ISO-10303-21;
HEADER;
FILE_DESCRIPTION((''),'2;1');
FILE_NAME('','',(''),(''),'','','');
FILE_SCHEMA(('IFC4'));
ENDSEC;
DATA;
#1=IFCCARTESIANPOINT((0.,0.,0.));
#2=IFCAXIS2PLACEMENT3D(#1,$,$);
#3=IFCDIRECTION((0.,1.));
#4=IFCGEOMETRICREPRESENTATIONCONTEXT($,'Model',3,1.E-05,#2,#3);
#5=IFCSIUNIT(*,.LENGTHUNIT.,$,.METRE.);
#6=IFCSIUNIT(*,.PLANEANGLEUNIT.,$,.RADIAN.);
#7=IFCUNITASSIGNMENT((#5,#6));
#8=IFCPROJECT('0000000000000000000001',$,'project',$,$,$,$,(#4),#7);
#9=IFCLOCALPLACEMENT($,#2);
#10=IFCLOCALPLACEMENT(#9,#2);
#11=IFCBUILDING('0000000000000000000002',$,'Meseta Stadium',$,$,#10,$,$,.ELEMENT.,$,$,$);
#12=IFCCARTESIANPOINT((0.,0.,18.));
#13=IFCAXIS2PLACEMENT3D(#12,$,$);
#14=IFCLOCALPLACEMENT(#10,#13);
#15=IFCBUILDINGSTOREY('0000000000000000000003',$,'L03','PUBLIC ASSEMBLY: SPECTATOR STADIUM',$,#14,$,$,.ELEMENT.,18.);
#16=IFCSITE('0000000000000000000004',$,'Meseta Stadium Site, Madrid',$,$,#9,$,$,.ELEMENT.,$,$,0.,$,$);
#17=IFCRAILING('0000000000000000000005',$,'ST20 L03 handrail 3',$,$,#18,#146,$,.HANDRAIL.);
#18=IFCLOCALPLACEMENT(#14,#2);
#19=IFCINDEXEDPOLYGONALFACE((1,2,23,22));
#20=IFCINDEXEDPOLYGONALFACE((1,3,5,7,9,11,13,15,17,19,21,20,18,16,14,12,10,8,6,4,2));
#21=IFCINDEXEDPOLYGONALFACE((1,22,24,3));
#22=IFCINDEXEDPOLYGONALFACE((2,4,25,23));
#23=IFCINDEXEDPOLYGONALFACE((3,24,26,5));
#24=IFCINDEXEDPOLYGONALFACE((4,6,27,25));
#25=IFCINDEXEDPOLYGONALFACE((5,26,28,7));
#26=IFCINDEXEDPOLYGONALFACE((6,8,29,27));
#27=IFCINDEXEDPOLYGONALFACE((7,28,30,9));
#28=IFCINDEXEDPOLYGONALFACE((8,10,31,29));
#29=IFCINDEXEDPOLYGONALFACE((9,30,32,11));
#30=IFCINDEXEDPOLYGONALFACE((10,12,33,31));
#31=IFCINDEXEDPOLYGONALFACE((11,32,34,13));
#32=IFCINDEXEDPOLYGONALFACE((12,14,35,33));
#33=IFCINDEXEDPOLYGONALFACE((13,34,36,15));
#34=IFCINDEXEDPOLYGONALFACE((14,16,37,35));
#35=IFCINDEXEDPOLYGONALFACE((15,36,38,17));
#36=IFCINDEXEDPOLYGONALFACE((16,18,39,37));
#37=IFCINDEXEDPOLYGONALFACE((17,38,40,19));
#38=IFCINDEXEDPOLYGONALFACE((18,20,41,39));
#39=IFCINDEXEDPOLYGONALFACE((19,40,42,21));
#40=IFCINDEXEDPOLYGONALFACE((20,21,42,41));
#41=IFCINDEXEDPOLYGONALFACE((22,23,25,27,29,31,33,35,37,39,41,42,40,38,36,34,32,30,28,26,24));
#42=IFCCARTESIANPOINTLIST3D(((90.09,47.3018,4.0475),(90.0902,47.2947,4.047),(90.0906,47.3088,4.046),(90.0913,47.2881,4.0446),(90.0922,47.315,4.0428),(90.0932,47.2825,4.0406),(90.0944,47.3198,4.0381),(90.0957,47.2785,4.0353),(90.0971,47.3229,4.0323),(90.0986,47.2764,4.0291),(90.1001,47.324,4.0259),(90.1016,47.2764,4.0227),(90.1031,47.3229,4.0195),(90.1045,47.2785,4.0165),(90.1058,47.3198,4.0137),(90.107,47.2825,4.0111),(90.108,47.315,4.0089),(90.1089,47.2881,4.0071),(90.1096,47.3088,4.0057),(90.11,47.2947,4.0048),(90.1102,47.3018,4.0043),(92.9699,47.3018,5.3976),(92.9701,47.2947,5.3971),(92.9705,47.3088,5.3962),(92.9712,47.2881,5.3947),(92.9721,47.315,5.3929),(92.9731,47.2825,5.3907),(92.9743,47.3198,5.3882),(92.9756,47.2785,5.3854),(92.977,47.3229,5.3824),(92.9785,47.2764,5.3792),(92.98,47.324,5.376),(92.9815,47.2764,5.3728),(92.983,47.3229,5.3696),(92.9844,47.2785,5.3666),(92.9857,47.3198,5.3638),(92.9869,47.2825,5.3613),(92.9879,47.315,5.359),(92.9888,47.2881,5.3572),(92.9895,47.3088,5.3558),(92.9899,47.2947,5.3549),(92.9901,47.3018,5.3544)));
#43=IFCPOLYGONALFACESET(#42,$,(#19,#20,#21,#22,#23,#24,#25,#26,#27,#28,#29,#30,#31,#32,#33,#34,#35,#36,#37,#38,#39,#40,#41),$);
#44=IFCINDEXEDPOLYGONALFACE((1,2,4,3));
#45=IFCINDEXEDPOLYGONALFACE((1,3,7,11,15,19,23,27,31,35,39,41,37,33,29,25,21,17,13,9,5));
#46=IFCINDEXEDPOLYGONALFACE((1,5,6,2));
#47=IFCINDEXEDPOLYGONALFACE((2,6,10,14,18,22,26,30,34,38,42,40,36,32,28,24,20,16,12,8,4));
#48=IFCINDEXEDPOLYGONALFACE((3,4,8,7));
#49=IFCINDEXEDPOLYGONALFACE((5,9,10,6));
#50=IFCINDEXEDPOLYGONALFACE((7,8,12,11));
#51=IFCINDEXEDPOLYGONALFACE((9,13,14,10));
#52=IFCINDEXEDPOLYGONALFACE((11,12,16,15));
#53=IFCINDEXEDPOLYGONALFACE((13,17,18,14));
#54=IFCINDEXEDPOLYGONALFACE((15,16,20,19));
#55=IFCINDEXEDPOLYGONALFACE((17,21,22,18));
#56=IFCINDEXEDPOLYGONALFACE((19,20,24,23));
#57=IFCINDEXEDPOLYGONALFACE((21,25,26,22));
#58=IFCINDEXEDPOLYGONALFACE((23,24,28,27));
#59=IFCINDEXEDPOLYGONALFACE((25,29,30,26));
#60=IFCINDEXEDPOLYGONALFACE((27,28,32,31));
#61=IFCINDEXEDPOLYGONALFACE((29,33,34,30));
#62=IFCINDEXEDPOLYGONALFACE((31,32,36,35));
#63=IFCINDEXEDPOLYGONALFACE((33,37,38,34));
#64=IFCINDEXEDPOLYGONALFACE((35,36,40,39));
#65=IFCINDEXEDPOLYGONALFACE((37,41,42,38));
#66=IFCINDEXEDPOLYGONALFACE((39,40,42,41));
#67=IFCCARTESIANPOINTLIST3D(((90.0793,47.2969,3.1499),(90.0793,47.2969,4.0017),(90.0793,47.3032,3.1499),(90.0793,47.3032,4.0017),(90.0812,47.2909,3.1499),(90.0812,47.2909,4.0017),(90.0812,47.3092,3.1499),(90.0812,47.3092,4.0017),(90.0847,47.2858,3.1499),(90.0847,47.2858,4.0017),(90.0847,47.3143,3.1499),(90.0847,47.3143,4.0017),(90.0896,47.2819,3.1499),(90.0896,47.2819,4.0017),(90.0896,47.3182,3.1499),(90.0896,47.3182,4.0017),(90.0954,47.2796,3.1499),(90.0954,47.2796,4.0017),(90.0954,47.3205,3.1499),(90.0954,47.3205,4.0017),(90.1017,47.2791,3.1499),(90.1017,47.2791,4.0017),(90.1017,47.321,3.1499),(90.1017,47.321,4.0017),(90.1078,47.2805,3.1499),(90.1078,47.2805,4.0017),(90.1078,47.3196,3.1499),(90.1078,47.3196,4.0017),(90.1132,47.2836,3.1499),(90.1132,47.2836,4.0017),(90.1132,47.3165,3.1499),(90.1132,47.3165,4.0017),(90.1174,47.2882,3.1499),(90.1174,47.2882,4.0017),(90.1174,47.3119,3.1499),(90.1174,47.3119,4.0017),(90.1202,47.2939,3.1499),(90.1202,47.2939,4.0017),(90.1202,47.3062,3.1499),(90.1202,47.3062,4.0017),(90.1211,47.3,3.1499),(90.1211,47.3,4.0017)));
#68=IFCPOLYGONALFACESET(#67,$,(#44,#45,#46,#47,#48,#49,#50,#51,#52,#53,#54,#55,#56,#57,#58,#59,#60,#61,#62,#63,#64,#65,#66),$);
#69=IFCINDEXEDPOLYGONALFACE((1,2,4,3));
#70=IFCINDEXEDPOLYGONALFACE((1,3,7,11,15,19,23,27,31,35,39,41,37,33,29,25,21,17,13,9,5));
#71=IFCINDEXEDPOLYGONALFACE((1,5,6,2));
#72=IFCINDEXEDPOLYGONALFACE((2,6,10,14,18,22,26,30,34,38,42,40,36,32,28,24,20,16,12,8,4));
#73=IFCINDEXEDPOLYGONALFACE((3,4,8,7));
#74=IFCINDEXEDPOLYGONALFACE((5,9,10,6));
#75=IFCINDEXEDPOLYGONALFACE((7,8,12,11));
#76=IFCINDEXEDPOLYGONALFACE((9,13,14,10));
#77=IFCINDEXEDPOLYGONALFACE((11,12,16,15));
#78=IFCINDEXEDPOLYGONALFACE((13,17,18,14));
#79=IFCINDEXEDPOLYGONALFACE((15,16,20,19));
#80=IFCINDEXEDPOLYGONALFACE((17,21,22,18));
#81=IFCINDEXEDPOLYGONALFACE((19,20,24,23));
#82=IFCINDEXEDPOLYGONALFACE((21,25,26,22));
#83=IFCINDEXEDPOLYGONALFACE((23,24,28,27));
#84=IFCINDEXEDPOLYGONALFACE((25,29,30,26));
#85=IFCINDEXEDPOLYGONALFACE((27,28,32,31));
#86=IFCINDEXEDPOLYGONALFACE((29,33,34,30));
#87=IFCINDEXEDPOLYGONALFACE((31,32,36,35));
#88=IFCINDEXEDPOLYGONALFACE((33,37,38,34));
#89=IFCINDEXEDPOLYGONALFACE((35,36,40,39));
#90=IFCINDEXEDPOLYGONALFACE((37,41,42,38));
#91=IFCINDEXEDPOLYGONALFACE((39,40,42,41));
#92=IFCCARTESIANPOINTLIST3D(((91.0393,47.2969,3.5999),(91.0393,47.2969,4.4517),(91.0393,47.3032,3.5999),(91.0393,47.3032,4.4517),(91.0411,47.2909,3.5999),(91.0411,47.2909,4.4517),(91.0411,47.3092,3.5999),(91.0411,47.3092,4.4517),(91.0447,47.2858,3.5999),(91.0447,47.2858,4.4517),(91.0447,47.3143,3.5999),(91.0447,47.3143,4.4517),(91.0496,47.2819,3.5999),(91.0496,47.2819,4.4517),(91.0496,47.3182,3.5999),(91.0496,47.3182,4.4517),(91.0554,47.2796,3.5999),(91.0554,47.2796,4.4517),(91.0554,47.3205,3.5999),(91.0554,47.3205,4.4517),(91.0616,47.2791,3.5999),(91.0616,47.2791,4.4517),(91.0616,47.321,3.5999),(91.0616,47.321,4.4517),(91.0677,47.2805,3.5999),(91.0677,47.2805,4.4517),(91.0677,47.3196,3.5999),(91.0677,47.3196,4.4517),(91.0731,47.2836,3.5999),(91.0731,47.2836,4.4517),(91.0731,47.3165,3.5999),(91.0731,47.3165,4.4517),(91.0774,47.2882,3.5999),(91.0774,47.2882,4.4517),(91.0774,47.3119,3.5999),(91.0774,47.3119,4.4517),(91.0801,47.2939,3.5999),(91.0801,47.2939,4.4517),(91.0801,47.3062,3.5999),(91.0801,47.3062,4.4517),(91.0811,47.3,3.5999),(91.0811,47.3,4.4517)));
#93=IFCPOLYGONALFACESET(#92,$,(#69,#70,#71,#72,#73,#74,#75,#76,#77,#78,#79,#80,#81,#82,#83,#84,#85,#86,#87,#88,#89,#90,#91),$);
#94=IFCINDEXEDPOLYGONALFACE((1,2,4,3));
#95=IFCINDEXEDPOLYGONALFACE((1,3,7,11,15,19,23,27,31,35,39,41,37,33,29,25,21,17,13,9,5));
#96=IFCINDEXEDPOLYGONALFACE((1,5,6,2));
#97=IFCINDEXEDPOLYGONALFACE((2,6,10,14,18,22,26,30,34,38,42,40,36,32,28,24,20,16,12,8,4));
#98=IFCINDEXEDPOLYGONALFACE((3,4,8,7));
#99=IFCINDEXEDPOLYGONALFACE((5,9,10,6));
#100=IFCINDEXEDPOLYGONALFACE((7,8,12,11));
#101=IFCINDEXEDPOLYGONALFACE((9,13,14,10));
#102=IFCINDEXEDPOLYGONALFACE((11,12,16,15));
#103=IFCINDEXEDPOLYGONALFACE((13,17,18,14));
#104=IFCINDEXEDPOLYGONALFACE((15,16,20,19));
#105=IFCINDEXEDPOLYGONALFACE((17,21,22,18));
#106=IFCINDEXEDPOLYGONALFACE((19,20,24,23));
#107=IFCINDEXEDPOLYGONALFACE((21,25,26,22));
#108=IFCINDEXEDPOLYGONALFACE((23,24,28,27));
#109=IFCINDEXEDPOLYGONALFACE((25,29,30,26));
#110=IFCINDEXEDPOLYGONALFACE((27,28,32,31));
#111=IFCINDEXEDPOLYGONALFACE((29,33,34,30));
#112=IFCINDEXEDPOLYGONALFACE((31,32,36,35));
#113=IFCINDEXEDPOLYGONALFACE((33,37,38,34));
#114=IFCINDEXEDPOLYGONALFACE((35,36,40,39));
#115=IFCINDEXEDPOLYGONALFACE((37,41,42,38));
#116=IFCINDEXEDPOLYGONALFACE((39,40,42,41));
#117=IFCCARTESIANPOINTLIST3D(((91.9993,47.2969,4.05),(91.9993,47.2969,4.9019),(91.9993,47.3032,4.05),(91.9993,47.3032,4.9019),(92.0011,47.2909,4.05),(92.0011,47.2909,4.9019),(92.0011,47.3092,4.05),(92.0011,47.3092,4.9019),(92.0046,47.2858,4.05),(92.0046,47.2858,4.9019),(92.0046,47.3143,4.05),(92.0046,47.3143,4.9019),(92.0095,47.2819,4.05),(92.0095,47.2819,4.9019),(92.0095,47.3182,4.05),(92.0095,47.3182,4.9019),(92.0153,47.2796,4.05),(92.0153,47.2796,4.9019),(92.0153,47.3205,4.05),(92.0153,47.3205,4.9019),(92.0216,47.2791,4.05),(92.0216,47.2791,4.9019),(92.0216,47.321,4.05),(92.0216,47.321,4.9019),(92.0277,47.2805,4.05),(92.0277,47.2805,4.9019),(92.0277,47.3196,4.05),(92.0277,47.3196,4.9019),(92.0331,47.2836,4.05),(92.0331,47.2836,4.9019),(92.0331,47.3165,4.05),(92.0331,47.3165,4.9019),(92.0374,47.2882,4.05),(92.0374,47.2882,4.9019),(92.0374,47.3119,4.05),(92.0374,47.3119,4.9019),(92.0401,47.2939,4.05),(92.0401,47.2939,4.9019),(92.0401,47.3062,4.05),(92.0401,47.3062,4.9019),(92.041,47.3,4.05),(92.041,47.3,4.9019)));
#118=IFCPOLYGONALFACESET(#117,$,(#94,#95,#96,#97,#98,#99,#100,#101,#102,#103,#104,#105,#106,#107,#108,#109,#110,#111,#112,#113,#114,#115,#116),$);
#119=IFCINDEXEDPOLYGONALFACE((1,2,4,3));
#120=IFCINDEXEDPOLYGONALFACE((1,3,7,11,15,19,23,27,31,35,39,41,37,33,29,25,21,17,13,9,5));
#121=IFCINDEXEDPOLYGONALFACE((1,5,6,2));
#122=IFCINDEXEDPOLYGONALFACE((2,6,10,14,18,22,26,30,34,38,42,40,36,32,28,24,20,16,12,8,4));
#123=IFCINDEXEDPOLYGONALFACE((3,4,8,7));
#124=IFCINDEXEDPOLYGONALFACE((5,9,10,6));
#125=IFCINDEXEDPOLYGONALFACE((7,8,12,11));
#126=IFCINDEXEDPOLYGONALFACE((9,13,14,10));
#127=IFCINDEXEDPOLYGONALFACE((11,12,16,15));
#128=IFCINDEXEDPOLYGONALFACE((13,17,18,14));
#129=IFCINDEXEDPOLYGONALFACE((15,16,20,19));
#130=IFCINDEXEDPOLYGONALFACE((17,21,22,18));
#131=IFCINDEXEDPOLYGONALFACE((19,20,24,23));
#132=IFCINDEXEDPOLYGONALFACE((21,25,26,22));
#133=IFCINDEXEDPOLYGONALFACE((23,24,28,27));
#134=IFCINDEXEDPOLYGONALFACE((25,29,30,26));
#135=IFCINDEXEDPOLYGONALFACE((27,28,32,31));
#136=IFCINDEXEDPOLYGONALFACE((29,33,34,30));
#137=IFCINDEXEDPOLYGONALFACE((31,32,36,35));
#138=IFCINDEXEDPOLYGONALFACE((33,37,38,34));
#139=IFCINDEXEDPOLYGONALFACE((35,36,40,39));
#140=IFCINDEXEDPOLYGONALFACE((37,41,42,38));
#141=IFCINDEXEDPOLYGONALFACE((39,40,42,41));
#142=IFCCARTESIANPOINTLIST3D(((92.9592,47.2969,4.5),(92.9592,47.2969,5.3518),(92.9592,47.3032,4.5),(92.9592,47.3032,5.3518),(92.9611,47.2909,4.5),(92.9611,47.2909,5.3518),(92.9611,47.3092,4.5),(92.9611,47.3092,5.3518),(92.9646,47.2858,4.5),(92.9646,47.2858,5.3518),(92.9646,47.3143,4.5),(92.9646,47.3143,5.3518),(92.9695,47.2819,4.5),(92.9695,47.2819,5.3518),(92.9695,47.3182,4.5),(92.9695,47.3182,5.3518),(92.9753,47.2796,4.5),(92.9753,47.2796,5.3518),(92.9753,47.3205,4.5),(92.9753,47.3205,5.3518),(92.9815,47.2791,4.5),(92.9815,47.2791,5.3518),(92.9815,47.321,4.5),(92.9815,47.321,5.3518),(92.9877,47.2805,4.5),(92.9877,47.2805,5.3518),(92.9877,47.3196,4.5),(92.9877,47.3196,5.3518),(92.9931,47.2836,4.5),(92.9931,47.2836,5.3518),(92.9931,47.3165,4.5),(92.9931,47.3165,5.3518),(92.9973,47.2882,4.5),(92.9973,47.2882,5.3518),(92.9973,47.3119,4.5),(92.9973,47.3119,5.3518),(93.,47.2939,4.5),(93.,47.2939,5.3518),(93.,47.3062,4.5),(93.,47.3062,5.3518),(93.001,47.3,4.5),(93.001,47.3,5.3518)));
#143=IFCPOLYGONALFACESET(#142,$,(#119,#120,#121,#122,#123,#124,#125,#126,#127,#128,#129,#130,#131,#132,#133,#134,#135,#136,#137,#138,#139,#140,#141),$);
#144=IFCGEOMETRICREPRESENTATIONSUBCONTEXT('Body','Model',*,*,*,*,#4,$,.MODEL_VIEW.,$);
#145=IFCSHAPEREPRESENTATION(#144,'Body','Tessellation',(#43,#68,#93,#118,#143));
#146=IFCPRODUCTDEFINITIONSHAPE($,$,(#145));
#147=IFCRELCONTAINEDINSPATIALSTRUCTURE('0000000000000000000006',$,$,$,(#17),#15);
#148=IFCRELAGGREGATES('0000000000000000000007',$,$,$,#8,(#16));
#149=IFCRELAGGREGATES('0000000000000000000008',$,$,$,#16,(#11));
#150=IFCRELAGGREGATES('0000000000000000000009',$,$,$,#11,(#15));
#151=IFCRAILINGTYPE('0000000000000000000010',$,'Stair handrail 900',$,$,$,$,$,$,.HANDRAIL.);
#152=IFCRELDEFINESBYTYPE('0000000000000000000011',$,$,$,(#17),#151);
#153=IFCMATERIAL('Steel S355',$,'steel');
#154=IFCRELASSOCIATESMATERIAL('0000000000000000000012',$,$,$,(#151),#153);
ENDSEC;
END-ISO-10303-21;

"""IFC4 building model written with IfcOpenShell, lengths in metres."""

from ifc_helpers import new_model, si_unit, direction, frame, origin, origin_2d, place, context, subcontext, project, spatial, circle, extrude, material, type_object, element, save


model = new_model("IFC4")

# Units and contexts
model_context = context("Model", 3, precision=1e-05, world=origin(), true_north=direction((0.0, 1.0)))
body_context = subcontext(model_context, "Body", "Model", "MODEL_VIEW")
ifc_project = project(units=[si_unit("LENGTHUNIT", "METRE"), si_unit("PLANEANGLEUNIT", "RADIAN")], contexts=[model_context])

# Site, building, storey
site_placement = place(None, origin())
site = spatial("IfcSite", under=ifc_project, at=site_placement, Name="Meseta Stadium Site, Madrid", CompositionType="ELEMENT", RefElevation=0.0)
building_placement = place(site_placement, origin())
building = spatial("IfcBuilding", under=site, at=building_placement, Name="Meseta Stadium", CompositionType="ELEMENT")
storey_placement = place(building_placement, frame((0.0, 0.0, 18.0)))
storey = spatial("IfcBuildingStorey", under=building, at=storey_placement, Name="L03", Description="PUBLIC ASSEMBLY: SPECTATOR STADIUM", CompositionType="ELEMENT", Elevation=18.0)

# Railing
ifc_material_1 = material(Name="Steel S355", Category="steel")
railing_type_1 = type_object("IfcRailingType", Name="Stair handrail 900", PredefinedType="HANDRAIL", material=ifc_material_1)
railing_1_placement = place(storey_placement, frame((90.1001, 47.3, 3.1499)))
element("IfcRailing", 1, at=railing_1_placement, inside=storey, type_object=railing_type_1, Name="ST20 L03 handrail 3", PredefinedType="HANDRAIL", context=body_context, shape_type="SweptSolid", body=[
    extrude(circle(Radius=0.0239, at=origin_2d()), frame((0.0, 0.0, 0.876), z_axis=(0.90544, 0.0, 0.424473), x_axis=(0.0, 1.0, 0.0)), (0.0, 0.0, 1.0), 3.1807),
    extrude(circle(Radius=0.021, at=origin_2d()), origin(), (0.0, 0.0, 1.0), 0.8518),
    extrude(circle(Radius=0.021, at=origin_2d()), frame((0.96, 0.0, 0.45)), (0.0, 0.0, 1.0), 0.8518),
    extrude(circle(Radius=0.021, at=origin_2d()), frame((1.9199, 0.0, 0.9001)), (0.0, 0.0, 1.0), 0.8518),
    extrude(circle(Radius=0.021, at=origin_2d()), frame((2.8799, 0.0, 1.3501)), (0.0, 0.0, 1.0), 0.8518),
])

save(model, "model.ifc")
